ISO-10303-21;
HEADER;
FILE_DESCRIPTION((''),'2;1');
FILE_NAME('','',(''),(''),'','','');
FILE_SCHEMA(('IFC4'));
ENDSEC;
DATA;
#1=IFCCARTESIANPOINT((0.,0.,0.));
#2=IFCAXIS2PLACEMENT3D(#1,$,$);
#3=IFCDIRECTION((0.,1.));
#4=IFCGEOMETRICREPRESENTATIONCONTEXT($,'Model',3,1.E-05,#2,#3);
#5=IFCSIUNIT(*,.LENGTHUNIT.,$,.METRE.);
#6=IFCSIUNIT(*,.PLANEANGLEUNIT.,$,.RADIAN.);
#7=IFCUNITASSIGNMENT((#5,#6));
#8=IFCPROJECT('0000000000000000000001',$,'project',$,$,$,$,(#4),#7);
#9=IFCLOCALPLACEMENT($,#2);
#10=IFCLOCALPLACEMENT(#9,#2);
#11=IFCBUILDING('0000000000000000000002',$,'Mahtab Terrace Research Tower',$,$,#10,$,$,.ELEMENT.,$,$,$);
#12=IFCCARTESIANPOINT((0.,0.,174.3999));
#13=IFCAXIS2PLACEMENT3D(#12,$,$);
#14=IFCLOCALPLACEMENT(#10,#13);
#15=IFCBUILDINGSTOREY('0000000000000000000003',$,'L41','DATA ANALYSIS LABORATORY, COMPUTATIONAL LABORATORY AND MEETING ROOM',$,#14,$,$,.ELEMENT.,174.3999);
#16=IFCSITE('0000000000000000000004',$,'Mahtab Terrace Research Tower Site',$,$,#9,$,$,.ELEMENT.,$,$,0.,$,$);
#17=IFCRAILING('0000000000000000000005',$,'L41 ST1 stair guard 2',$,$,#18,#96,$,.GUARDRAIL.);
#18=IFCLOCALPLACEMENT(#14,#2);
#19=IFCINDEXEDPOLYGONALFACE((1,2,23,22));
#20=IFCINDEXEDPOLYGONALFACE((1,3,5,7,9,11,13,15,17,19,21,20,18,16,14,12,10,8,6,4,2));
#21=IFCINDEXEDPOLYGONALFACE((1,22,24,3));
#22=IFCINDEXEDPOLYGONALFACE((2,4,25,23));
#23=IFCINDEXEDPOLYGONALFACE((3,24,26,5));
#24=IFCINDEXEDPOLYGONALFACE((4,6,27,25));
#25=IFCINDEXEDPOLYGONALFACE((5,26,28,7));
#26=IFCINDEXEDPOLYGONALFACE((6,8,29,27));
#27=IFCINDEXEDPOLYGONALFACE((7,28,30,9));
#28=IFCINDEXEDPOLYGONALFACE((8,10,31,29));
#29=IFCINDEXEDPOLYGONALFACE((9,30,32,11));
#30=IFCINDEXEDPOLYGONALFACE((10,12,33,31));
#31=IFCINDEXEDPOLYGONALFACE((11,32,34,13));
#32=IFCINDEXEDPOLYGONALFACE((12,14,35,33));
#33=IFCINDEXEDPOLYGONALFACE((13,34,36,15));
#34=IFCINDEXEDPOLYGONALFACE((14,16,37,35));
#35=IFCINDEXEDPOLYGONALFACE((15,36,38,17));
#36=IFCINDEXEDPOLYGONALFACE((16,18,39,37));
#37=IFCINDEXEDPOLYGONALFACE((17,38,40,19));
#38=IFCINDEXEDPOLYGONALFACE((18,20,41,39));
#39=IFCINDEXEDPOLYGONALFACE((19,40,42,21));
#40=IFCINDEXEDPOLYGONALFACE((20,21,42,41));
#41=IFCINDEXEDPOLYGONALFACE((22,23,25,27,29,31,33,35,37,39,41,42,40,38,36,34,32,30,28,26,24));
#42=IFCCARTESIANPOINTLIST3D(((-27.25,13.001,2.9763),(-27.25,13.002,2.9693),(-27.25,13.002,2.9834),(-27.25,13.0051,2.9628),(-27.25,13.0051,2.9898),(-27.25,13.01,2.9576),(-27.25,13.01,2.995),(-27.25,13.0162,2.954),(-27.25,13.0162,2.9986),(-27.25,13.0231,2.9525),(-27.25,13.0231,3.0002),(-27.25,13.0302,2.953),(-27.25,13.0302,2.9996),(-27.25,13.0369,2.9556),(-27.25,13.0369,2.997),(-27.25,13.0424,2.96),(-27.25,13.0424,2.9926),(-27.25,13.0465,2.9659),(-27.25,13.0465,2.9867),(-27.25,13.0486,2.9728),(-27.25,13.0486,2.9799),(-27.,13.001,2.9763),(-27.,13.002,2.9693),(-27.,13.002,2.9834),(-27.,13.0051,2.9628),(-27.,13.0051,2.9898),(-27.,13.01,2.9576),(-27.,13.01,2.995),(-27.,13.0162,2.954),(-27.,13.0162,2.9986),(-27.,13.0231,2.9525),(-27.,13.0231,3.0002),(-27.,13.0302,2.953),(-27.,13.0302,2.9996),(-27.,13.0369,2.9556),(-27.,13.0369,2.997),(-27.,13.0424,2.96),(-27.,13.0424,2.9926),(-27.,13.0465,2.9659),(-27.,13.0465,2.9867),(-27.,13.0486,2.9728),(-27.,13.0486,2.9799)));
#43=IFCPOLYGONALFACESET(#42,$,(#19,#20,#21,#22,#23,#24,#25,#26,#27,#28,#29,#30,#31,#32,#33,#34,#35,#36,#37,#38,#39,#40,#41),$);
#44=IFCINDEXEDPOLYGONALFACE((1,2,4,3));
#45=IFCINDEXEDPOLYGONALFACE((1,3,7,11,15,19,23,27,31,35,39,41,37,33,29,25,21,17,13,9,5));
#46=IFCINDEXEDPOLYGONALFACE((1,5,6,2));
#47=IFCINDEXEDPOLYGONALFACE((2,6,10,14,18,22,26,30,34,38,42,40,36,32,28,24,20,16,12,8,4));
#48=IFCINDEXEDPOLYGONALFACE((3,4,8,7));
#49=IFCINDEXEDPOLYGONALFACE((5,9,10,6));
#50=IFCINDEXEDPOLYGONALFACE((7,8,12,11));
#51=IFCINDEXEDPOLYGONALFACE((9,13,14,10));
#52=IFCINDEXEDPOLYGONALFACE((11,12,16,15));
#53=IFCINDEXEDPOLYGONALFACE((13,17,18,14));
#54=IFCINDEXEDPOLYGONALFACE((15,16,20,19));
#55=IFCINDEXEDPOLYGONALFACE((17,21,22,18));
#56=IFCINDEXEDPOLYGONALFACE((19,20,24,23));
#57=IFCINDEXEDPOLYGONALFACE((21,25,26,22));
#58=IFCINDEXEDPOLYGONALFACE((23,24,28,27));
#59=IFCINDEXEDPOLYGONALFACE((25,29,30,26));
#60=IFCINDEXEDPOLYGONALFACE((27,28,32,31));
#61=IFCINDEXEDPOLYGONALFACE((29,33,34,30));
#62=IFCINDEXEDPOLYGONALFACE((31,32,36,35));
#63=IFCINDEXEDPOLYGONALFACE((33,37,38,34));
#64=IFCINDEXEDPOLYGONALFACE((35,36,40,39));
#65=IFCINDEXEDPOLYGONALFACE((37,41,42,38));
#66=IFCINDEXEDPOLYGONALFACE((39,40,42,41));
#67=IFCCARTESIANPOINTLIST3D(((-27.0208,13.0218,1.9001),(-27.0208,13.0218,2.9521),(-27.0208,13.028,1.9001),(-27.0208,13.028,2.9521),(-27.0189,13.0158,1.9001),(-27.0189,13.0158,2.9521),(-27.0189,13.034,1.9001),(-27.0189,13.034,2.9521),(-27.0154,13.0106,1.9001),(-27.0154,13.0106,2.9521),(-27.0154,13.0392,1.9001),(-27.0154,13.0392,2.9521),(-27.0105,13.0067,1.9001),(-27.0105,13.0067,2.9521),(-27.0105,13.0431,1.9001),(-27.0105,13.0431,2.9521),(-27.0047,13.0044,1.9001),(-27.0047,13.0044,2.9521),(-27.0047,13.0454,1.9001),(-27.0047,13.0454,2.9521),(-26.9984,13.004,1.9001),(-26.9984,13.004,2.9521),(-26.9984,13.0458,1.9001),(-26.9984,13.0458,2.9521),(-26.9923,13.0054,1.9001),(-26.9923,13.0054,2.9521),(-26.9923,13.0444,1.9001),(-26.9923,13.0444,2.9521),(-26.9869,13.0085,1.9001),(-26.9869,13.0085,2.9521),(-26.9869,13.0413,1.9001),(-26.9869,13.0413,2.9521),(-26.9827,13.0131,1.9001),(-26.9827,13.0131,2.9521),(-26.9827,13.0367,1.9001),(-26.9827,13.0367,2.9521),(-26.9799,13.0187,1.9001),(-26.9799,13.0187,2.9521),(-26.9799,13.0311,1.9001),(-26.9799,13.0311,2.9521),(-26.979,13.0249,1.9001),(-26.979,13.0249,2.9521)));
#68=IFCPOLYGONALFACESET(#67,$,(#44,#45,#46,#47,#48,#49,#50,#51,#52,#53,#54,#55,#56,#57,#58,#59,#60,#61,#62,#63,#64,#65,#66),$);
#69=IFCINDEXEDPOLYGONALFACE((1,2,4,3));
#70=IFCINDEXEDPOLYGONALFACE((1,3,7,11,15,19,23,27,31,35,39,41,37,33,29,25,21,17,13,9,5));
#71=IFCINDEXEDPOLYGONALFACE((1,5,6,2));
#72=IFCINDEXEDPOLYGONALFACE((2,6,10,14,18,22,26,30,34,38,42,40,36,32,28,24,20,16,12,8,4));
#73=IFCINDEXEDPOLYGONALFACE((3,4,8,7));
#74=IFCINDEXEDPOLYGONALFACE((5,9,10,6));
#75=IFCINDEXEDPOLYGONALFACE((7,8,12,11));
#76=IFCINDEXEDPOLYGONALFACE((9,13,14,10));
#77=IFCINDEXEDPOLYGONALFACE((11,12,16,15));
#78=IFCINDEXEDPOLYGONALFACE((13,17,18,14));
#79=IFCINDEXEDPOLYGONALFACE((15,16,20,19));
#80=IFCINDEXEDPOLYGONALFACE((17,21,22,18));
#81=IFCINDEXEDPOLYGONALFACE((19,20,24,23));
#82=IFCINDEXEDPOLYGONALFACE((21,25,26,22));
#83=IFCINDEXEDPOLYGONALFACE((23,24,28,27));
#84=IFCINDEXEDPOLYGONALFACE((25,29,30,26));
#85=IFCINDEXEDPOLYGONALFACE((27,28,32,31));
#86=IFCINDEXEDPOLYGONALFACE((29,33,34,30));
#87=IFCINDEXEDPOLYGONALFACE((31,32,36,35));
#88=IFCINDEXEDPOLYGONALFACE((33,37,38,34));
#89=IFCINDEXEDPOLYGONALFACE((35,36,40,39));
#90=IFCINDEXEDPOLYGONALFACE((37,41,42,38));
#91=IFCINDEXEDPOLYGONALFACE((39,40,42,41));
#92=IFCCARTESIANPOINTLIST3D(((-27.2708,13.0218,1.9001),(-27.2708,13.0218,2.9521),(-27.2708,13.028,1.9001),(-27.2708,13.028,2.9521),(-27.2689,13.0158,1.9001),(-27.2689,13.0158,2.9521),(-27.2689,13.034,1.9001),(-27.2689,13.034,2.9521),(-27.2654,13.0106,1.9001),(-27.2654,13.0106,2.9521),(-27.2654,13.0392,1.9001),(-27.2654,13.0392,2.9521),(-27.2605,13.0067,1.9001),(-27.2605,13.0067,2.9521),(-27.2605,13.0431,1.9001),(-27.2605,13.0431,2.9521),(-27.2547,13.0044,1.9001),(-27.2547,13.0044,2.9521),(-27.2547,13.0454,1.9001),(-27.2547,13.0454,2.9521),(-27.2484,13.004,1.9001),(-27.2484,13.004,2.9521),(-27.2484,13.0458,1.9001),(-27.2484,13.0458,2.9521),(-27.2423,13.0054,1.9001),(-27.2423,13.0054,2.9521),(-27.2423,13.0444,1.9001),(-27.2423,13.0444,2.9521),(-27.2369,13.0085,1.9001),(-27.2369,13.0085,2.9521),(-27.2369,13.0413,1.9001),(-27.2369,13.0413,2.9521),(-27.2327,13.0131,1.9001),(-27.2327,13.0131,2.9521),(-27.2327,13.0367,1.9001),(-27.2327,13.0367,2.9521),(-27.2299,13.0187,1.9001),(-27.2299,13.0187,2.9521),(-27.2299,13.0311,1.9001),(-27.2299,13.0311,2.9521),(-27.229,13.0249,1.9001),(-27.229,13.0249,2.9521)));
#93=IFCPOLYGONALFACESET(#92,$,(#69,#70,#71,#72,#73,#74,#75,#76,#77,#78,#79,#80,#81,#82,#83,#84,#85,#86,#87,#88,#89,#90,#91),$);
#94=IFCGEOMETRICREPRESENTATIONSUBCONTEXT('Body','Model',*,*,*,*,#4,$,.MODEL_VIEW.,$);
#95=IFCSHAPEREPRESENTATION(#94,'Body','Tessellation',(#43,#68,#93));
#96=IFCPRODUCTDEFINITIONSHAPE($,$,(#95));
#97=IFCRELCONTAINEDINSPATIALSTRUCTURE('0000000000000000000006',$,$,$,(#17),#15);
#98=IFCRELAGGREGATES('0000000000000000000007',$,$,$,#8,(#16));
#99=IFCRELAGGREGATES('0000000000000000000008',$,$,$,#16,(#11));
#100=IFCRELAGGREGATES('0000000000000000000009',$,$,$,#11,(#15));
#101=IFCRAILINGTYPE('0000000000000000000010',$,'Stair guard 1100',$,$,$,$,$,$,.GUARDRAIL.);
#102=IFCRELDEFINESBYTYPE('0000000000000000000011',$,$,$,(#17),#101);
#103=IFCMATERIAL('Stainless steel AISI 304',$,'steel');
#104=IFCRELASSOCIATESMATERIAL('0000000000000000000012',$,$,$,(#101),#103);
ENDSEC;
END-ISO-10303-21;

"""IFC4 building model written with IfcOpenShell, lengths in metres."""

from ifc_helpers import new_model, si_unit, direction, frame, origin, origin_2d, place, context, subcontext, project, spatial, circle, extrude, material, type_object, element, save


model = new_model("IFC4")

# Units and contexts
model_context = context("Model", 3, precision=1e-05, world=origin(), true_north=direction((0.0, 1.0)))
body_context = subcontext(model_context, "Body", "Model", "MODEL_VIEW")
ifc_project = project(units=[si_unit("LENGTHUNIT", "METRE"), si_unit("PLANEANGLEUNIT", "RADIAN")], contexts=[model_context])

# Site, building, storey
site_placement = place(None, origin())
site = spatial("IfcSite", under=ifc_project, at=site_placement, Name="Mahtab Terrace Research Tower Site", CompositionType="ELEMENT", RefElevation=0.0)
building_placement = place(site_placement, origin())
building = spatial("IfcBuilding", under=site, at=building_placement, Name="Mahtab Terrace Research Tower", CompositionType="ELEMENT")
storey_placement = place(building_placement, frame((0.0, 0.0, 174.3999)))
storey = spatial("IfcBuildingStorey", under=building, at=storey_placement, Name="L41", Description="DATA ANALYSIS LABORATORY, COMPUTATIONAL LABORATORY AND MEETING ROOM", CompositionType="ELEMENT", Elevation=174.3999)

# Railing
ifc_material_1 = material(Name="Stainless steel AISI 304", Category="steel")
railing_type_1 = type_object("IfcRailingType", Name="Stair guard 1100", PredefinedType="GUARDRAIL", material=ifc_material_1)
railing_1_placement = place(storey_placement, frame((-27.0, 13.0249, 1.9001)))
element("IfcRailing", 1, at=railing_1_placement, inside=storey, type_object=railing_type_1, Name="L41 ST1 stair guard 2", PredefinedType="GUARDRAIL", context=body_context, shape_type="SweptSolid", body=[
    extrude(circle(Radius=0.0239, at=origin_2d()), frame((0.0, 0.0, 1.0762), z_axis=(-1.0, 0.0, 0.0), x_axis=(0.0, -1.0, 0.0)), (0.0, 0.0, 1.0), 0.25),
    extrude(circle(Radius=0.021, at=origin_2d()), origin(), (0.0, 0.0, 1.0), 1.052),
    extrude(circle(Radius=0.021, at=origin_2d()), frame((-0.25, 0.0, 0.0)), (0.0, 0.0, 1.0), 1.052),
])

save(model, "model.ifc")
